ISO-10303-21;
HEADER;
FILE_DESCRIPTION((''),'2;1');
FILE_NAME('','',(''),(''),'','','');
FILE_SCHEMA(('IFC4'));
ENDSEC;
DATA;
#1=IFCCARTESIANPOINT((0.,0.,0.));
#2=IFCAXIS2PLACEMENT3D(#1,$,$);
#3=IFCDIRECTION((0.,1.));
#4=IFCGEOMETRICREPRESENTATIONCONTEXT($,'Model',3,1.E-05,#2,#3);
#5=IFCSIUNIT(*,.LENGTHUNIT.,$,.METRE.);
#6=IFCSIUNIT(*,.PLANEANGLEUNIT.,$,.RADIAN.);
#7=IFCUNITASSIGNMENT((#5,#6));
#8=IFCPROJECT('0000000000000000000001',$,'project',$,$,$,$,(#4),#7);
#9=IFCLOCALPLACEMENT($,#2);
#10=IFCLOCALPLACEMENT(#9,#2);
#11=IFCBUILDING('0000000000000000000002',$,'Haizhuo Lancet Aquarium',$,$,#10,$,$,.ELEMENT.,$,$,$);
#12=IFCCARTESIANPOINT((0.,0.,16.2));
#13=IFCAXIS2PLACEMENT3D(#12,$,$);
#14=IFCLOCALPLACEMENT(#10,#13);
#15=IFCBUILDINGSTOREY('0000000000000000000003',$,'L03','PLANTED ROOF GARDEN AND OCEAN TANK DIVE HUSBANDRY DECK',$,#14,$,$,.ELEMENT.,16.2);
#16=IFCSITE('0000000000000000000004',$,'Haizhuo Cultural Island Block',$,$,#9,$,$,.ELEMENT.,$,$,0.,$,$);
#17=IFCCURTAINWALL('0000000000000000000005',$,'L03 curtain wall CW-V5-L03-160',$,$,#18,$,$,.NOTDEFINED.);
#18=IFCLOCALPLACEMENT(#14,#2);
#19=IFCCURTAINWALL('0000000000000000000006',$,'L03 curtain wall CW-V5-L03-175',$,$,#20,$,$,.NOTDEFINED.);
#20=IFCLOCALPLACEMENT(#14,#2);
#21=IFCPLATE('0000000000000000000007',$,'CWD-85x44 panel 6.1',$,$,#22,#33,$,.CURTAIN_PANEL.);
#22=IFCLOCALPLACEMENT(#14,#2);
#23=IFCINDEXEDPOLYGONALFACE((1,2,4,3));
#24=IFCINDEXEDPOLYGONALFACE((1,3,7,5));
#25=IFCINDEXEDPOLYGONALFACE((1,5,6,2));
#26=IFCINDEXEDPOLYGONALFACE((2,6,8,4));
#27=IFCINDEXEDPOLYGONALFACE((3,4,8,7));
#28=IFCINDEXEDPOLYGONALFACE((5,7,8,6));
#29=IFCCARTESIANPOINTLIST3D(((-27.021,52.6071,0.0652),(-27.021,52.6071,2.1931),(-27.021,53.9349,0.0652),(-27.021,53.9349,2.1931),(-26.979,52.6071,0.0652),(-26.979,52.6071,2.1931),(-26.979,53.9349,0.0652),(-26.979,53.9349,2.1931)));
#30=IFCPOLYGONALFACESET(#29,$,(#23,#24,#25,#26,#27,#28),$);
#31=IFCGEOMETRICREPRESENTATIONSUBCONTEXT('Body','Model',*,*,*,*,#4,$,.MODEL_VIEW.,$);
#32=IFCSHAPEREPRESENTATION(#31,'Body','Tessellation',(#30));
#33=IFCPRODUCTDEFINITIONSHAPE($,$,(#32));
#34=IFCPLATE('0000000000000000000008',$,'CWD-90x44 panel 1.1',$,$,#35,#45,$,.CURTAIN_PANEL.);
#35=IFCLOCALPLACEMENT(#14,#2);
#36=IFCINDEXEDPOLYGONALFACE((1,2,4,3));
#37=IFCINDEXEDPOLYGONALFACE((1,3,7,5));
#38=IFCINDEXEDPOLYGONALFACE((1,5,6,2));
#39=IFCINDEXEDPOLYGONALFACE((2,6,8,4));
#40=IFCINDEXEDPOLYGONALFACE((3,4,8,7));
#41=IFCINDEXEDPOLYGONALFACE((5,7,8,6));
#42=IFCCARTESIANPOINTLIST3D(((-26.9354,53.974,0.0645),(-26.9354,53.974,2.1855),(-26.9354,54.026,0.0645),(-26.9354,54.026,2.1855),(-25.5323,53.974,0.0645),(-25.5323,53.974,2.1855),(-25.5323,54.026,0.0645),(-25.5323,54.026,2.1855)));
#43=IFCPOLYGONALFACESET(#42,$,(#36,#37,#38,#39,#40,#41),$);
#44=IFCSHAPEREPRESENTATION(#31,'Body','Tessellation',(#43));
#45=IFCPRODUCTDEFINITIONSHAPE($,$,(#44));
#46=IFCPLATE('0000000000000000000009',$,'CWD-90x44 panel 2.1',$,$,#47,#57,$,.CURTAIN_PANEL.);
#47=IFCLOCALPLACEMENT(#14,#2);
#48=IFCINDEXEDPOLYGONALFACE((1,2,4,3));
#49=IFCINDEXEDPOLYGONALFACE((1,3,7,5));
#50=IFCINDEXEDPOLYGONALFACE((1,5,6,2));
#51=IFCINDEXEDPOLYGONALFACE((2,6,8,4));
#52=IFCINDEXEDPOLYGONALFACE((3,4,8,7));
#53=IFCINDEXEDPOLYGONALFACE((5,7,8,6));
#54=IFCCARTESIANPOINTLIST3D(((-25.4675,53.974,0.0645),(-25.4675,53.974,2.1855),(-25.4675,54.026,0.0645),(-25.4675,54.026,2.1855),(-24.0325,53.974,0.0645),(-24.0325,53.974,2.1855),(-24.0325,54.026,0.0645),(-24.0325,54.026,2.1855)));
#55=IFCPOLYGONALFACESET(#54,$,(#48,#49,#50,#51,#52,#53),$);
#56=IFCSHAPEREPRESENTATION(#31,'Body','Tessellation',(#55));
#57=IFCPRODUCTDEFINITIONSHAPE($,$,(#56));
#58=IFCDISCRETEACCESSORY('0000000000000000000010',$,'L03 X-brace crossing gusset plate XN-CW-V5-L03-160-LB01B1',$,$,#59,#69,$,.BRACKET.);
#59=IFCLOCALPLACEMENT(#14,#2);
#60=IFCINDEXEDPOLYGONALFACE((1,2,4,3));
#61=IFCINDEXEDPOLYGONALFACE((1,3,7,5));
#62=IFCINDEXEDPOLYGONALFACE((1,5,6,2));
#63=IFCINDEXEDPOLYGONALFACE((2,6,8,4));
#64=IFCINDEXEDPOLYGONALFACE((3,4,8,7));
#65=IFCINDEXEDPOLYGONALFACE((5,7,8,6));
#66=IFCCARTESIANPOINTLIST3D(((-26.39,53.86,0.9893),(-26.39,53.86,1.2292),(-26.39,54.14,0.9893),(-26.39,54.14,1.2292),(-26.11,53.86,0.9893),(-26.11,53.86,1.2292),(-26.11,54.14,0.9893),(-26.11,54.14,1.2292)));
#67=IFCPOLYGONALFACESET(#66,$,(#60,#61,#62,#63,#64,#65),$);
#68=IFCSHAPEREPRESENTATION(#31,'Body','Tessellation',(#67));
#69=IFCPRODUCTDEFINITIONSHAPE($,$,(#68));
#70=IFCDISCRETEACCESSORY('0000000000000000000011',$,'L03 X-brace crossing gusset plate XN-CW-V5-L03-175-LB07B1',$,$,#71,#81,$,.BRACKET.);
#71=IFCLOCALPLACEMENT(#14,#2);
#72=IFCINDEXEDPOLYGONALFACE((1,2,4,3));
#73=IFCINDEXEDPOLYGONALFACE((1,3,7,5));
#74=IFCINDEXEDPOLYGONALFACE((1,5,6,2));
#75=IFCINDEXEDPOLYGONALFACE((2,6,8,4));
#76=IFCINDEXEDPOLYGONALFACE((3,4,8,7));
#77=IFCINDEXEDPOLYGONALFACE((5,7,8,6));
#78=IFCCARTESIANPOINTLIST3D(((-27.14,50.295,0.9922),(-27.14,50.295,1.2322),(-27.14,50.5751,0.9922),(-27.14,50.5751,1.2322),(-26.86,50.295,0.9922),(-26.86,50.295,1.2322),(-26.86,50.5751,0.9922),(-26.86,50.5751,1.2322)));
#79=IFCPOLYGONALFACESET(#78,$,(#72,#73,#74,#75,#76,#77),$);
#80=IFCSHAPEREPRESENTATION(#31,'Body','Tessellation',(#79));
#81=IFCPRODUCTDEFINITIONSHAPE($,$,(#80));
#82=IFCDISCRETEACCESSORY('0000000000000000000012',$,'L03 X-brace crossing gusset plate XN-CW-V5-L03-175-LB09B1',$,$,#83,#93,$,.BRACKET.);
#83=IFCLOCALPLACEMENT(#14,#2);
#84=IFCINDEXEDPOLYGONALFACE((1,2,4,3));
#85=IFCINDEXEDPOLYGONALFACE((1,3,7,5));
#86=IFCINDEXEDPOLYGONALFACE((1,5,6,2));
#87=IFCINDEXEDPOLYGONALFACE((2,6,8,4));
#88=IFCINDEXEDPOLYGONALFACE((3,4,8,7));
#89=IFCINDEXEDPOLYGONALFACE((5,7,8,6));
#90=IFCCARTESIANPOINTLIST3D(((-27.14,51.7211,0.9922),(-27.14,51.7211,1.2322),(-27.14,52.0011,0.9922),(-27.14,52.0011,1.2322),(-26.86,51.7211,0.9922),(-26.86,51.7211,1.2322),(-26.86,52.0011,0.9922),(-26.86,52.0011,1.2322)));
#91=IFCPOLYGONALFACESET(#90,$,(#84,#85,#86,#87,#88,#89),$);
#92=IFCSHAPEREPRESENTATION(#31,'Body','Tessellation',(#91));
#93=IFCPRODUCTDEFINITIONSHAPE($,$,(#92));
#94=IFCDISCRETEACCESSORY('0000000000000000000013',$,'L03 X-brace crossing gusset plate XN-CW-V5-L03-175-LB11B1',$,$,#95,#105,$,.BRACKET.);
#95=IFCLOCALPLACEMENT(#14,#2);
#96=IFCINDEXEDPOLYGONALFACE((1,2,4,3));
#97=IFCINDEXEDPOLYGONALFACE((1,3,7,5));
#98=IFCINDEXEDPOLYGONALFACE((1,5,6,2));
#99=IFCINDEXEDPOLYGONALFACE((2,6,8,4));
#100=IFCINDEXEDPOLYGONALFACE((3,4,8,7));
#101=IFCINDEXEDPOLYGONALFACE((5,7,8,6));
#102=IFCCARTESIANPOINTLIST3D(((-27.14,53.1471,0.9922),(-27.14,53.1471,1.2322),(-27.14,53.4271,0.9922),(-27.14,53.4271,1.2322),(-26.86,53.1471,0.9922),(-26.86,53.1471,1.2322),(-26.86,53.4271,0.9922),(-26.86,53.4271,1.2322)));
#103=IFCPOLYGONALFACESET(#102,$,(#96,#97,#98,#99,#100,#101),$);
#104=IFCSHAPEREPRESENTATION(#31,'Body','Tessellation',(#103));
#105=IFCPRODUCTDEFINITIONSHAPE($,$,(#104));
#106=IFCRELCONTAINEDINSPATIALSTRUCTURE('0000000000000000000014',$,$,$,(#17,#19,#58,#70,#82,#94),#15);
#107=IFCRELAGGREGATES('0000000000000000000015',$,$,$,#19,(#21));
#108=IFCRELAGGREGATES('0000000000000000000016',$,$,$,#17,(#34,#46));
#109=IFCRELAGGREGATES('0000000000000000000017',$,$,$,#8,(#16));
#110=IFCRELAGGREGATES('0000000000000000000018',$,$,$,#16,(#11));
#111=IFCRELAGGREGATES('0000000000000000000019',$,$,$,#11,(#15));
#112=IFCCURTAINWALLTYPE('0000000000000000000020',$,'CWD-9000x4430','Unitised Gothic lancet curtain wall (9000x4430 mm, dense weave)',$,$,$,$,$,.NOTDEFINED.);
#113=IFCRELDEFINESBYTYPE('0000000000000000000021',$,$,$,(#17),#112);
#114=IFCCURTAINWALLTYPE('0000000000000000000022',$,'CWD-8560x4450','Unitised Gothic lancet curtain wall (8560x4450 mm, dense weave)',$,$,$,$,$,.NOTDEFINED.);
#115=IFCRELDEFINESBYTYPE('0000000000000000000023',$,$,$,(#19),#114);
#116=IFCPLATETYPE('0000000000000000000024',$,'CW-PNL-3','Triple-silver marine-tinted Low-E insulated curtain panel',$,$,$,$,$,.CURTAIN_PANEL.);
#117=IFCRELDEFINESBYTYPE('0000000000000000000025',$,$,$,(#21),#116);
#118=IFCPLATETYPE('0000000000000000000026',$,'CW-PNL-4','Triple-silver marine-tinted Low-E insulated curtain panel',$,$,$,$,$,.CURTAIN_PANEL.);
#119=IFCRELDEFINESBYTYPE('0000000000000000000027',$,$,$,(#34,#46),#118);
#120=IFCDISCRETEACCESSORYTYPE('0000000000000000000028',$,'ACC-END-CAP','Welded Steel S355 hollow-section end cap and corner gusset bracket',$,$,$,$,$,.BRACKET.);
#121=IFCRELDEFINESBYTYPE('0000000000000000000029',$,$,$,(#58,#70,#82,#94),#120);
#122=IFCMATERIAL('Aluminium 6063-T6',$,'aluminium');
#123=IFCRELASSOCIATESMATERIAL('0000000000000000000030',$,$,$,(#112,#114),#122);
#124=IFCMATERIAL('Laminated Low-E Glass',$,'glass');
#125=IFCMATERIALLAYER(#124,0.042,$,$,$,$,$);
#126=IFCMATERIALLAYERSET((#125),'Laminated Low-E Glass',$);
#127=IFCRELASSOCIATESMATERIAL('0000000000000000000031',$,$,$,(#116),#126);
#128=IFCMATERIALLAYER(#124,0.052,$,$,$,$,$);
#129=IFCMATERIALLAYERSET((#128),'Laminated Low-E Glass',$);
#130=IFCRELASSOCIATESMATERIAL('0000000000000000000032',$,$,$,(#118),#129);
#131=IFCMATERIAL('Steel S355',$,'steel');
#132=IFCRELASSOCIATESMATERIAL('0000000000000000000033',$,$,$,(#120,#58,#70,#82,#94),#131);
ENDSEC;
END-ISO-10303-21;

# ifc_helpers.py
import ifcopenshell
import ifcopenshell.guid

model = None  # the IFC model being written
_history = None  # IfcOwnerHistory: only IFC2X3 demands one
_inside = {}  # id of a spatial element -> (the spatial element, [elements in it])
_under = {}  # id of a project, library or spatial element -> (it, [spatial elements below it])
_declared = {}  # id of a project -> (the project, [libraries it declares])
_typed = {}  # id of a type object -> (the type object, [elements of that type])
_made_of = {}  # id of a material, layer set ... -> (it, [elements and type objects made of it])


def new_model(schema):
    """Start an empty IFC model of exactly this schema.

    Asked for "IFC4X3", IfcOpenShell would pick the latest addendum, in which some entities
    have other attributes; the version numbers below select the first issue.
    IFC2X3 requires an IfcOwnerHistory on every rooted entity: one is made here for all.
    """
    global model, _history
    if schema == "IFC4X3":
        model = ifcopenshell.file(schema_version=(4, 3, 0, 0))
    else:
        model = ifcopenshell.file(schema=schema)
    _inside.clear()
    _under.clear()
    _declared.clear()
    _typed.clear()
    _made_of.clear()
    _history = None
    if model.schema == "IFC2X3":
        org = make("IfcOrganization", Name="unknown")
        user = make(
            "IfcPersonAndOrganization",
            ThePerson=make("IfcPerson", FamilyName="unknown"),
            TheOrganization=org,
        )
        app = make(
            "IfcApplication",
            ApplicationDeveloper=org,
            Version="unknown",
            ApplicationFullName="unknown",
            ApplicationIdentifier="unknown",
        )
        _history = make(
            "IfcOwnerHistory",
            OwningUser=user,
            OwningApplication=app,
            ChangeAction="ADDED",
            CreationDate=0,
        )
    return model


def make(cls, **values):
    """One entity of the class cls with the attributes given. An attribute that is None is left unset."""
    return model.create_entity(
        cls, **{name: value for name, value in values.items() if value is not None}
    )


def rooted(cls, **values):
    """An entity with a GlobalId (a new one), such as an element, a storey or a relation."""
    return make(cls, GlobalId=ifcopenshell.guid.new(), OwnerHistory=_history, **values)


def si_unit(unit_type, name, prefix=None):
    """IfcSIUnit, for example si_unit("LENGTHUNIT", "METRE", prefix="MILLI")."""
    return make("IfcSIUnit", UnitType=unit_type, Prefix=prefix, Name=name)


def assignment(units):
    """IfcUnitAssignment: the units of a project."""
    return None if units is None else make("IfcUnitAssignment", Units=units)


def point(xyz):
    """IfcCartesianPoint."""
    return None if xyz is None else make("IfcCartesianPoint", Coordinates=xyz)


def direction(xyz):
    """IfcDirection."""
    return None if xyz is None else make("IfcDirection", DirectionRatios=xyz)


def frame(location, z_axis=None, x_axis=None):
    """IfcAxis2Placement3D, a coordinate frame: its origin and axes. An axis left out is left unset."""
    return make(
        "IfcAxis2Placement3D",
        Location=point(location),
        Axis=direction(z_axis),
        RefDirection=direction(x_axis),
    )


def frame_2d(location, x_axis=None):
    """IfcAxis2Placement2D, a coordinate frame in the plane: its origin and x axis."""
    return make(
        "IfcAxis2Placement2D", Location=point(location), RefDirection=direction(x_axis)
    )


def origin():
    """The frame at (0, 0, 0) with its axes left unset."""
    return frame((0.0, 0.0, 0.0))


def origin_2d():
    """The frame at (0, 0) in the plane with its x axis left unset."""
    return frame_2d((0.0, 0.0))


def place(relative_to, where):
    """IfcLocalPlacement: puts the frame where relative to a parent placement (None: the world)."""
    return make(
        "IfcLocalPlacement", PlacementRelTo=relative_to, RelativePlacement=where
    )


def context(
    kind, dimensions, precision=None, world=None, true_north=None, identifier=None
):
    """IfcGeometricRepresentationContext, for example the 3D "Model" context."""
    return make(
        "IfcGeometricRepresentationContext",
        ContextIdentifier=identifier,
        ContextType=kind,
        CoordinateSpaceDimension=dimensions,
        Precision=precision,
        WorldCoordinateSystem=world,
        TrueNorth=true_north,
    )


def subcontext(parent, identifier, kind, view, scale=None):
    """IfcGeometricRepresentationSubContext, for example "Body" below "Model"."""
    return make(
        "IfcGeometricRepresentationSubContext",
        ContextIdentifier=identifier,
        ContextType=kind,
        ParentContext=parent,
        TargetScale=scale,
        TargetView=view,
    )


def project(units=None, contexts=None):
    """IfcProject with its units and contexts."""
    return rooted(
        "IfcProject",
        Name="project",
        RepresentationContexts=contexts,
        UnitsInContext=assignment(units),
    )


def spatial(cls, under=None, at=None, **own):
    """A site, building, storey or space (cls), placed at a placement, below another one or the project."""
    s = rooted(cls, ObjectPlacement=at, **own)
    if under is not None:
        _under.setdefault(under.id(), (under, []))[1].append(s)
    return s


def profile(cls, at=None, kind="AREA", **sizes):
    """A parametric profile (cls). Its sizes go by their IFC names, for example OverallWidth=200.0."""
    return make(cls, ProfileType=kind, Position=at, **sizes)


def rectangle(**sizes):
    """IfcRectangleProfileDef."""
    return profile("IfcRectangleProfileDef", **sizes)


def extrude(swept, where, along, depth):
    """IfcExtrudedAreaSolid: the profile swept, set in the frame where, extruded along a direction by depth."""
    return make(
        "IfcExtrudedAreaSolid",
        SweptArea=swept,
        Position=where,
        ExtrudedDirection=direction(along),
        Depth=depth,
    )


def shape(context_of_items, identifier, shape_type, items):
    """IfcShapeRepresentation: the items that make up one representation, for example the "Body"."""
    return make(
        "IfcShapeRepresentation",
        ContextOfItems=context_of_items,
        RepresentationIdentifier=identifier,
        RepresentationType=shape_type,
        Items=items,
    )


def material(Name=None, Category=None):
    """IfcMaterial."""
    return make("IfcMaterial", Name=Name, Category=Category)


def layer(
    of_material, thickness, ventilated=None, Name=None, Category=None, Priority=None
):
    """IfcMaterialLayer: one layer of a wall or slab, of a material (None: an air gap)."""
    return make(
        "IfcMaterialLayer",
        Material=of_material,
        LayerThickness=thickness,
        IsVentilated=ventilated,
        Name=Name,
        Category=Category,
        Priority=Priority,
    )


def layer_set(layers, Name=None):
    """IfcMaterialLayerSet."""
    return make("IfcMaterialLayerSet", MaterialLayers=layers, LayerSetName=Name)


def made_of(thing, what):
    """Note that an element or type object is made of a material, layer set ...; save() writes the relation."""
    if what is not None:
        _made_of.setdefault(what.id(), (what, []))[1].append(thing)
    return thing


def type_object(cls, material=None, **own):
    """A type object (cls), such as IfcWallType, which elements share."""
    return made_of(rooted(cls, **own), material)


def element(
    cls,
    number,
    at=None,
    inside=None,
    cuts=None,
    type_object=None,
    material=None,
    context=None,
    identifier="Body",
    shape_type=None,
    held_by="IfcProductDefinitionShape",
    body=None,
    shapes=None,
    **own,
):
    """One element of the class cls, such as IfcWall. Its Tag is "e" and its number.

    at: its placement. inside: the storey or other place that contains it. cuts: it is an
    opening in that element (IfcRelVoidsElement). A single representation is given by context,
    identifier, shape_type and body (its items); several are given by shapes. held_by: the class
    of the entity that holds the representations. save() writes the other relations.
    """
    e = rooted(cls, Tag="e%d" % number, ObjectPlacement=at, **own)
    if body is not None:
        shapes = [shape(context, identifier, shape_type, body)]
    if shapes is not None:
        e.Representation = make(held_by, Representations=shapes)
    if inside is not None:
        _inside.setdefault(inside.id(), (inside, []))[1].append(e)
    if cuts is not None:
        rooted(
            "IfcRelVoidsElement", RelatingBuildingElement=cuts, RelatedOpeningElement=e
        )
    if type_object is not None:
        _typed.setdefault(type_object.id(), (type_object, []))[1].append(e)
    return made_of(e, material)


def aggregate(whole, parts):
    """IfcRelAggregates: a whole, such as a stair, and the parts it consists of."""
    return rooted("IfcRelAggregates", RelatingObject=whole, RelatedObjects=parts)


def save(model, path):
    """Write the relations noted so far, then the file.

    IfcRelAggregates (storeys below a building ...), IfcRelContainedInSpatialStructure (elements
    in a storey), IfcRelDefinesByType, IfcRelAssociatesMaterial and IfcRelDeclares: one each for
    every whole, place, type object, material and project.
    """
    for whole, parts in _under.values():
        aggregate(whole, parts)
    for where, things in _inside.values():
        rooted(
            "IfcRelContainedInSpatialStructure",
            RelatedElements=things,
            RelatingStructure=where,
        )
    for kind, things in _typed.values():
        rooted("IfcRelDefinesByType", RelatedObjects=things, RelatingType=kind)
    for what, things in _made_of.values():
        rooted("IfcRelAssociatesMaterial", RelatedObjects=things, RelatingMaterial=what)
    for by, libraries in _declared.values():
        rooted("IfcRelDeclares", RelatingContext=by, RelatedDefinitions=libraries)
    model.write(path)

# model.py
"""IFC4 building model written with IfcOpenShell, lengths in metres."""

from ifc_helpers import new_model, si_unit, direction, frame, origin, origin_2d, place, context, subcontext, project, spatial, rectangle, extrude, material, layer, layer_set, type_object, element, aggregate, save


model = new_model("IFC4")

# Units and contexts
model_context = context("Model", 3, precision=1e-05, world=origin(), true_north=direction((0.0, 1.0)))
body_context = subcontext(model_context, "Body", "Model", "MODEL_VIEW")
ifc_project = project(units=[si_unit("LENGTHUNIT", "METRE"), si_unit("PLANEANGLEUNIT", "RADIAN")], contexts=[model_context])

# Site, building, storey
site_placement = place(None, origin())
site = spatial("IfcSite", under=ifc_project, at=site_placement, Name="Haizhuo Cultural Island Block", CompositionType="ELEMENT", RefElevation=0.0)
building_placement = place(site_placement, origin())
building = spatial("IfcBuilding", under=site, at=building_placement, Name="Haizhuo Lancet Aquarium", CompositionType="ELEMENT")
storey_placement = place(building_placement, frame((0.0, 0.0, 16.2)))
storey = spatial("IfcBuildingStorey", under=building, at=storey_placement, Name="L03", Description="PLANTED ROOF GARDEN AND OCEAN TANK DIVE HUSBANDRY DECK", CompositionType="ELEMENT", Elevation=16.2)

# Curtain walls
ifc_material_1 = material(Name="Aluminium 6063-T6", Category="aluminium")
curtain_wall_type_1 = type_object("IfcCurtainWallType", Name="CWD-9000x4430", Description="Unitised Gothic lancet curtain wall (9000x4430 mm, dense weave)", PredefinedType="NOTDEFINED", material=ifc_material_1)
curtain_wall_1_placement = place(storey_placement, origin())
curtain_wall_1 = element("IfcCurtainWall", 1, at=curtain_wall_1_placement, inside=storey, type_object=curtain_wall_type_1, Name="L03 curtain wall CW-V5-L03-160", PredefinedType="NOTDEFINED")
curtain_wall_type_2 = type_object("IfcCurtainWallType", Name="CWD-8560x4450", Description="Unitised Gothic lancet curtain wall (8560x4450 mm, dense weave)", PredefinedType="NOTDEFINED", material=ifc_material_1)
curtain_wall_2_placement = place(storey_placement, origin())
curtain_wall_2 = element("IfcCurtainWall", 2, at=curtain_wall_2_placement, inside=storey, type_object=curtain_wall_type_2, Name="L03 curtain wall CW-V5-L03-175", PredefinedType="NOTDEFINED")

# Shared definitions
ifc_material_2 = material(Name="Steel S355", Category="steel")

# Plates
ifc_material_3 = material(Name="Laminated Low-E Glass", Category="glass")
ifc_layer_1 = layer(ifc_material_3, 0.042)
ifc_layer_set_1 = layer_set([ifc_layer_1], Name="Laminated Low-E Glass")
plate_type_1 = type_object("IfcPlateType", Name="CW-PNL-3", Description="Triple-silver marine-tinted Low-E insulated curtain panel", PredefinedType="CURTAIN_PANEL", material=ifc_layer_set_1)
plate_1_placement = place(storey_placement, frame((-27.0, 53.271, 0.0652), z_axis=(0.0, 0.0, 1.0), x_axis=(0.0, 1.0, 0.0)))
plate_1 = element("IfcPlate", 3, at=plate_1_placement, type_object=plate_type_1, Name="CWD-85x44 panel 6.1", PredefinedType="CURTAIN_PANEL", context=body_context, shape_type="SweptSolid", body=[
    extrude(rectangle(XDim=1.3279, YDim=0.042, at=origin_2d()), origin(), (0.0, 0.0, 1.0), 2.1279),
])
aggregate(curtain_wall_2, [plate_1])
ifc_layer_2 = layer(ifc_material_3, 0.052)
ifc_layer_set_2 = layer_set([ifc_layer_2], Name="Laminated Low-E Glass")
plate_type_2 = type_object("IfcPlateType", Name="CW-PNL-4", Description="Triple-silver marine-tinted Low-E insulated curtain panel", PredefinedType="CURTAIN_PANEL", material=ifc_layer_set_2)
plate_2_placement = place(storey_placement, frame((-26.2339, 54.0, 0.0645), z_axis=(0.0, 0.0, 1.0), x_axis=(1.0, 0.0, 0.0)))
plate_2 = element("IfcPlate", 4, at=plate_2_placement, type_object=plate_type_2, Name="CWD-90x44 panel 1.1", PredefinedType="CURTAIN_PANEL", context=body_context, shape_type="SweptSolid", body=[
    extrude(rectangle(XDim=1.4031, YDim=0.052, at=origin_2d()), origin(), (0.0, 0.0, 1.0), 2.1211),
])
plate_3_placement = place(storey_placement, frame((-24.75, 54.0, 0.0645), z_axis=(0.0, 0.0, 1.0), x_axis=(1.0, 0.0, 0.0)))
plate_3 = element("IfcPlate", 5, at=plate_3_placement, type_object=plate_type_2, Name="CWD-90x44 panel 2.1", PredefinedType="CURTAIN_PANEL", context=body_context, shape_type="SweptSolid", body=[
    extrude(rectangle(XDim=1.4351, YDim=0.052, at=origin_2d()), origin(), (0.0, 0.0, 1.0), 2.1211),
])
aggregate(curtain_wall_1, [plate_2, plate_3])

# Discrete accessories
discrete_accessory_type = type_object("IfcDiscreteAccessoryType", Name="ACC-END-CAP", Description="Welded Steel S355 hollow-section end cap and corner gusset bracket", PredefinedType="BRACKET", material=ifc_material_2)
for number, where, z_axis, x_axis, name in (
    (6, (-26.25, 54.0, 0.9893), (0.0, 0.0, 1.0), (1.0, 0.0, 0.0), "L03 X-brace crossing gusset plate XN-CW-V5-L03-160-LB01B1"),
    (7, (-27.0, 50.4351, 0.9922), (0.0, 0.0, 1.0), (1.0, 0.0, 0.0), "L03 X-brace crossing gusset plate XN-CW-V5-L03-175-LB07B1"),
    (8, (-27.0, 51.8611, 0.9922), (0.0, 0.0, 1.0), (1.0, 0.0, 0.0), "L03 X-brace crossing gusset plate XN-CW-V5-L03-175-LB09B1"),
    (9, (-27.0, 53.2871, 0.9922), (0.0, 0.0, 1.0), (1.0, 0.0, 0.0), "L03 X-brace crossing gusset plate XN-CW-V5-L03-175-LB11B1"),
):
    element("IfcDiscreteAccessory", number, at=place(storey_placement, frame(where, z_axis=z_axis, x_axis=x_axis)), inside=storey, type_object=discrete_accessory_type, material=ifc_material_2, Name=name, PredefinedType="BRACKET", context=body_context, shape_type="SweptSolid", body=[
        extrude(rectangle(XDim=0.28, YDim=0.28, at=origin_2d()), origin(), (0.0, 0.0, 1.0), 0.24),
    ])

save(model, "model.ifc")
